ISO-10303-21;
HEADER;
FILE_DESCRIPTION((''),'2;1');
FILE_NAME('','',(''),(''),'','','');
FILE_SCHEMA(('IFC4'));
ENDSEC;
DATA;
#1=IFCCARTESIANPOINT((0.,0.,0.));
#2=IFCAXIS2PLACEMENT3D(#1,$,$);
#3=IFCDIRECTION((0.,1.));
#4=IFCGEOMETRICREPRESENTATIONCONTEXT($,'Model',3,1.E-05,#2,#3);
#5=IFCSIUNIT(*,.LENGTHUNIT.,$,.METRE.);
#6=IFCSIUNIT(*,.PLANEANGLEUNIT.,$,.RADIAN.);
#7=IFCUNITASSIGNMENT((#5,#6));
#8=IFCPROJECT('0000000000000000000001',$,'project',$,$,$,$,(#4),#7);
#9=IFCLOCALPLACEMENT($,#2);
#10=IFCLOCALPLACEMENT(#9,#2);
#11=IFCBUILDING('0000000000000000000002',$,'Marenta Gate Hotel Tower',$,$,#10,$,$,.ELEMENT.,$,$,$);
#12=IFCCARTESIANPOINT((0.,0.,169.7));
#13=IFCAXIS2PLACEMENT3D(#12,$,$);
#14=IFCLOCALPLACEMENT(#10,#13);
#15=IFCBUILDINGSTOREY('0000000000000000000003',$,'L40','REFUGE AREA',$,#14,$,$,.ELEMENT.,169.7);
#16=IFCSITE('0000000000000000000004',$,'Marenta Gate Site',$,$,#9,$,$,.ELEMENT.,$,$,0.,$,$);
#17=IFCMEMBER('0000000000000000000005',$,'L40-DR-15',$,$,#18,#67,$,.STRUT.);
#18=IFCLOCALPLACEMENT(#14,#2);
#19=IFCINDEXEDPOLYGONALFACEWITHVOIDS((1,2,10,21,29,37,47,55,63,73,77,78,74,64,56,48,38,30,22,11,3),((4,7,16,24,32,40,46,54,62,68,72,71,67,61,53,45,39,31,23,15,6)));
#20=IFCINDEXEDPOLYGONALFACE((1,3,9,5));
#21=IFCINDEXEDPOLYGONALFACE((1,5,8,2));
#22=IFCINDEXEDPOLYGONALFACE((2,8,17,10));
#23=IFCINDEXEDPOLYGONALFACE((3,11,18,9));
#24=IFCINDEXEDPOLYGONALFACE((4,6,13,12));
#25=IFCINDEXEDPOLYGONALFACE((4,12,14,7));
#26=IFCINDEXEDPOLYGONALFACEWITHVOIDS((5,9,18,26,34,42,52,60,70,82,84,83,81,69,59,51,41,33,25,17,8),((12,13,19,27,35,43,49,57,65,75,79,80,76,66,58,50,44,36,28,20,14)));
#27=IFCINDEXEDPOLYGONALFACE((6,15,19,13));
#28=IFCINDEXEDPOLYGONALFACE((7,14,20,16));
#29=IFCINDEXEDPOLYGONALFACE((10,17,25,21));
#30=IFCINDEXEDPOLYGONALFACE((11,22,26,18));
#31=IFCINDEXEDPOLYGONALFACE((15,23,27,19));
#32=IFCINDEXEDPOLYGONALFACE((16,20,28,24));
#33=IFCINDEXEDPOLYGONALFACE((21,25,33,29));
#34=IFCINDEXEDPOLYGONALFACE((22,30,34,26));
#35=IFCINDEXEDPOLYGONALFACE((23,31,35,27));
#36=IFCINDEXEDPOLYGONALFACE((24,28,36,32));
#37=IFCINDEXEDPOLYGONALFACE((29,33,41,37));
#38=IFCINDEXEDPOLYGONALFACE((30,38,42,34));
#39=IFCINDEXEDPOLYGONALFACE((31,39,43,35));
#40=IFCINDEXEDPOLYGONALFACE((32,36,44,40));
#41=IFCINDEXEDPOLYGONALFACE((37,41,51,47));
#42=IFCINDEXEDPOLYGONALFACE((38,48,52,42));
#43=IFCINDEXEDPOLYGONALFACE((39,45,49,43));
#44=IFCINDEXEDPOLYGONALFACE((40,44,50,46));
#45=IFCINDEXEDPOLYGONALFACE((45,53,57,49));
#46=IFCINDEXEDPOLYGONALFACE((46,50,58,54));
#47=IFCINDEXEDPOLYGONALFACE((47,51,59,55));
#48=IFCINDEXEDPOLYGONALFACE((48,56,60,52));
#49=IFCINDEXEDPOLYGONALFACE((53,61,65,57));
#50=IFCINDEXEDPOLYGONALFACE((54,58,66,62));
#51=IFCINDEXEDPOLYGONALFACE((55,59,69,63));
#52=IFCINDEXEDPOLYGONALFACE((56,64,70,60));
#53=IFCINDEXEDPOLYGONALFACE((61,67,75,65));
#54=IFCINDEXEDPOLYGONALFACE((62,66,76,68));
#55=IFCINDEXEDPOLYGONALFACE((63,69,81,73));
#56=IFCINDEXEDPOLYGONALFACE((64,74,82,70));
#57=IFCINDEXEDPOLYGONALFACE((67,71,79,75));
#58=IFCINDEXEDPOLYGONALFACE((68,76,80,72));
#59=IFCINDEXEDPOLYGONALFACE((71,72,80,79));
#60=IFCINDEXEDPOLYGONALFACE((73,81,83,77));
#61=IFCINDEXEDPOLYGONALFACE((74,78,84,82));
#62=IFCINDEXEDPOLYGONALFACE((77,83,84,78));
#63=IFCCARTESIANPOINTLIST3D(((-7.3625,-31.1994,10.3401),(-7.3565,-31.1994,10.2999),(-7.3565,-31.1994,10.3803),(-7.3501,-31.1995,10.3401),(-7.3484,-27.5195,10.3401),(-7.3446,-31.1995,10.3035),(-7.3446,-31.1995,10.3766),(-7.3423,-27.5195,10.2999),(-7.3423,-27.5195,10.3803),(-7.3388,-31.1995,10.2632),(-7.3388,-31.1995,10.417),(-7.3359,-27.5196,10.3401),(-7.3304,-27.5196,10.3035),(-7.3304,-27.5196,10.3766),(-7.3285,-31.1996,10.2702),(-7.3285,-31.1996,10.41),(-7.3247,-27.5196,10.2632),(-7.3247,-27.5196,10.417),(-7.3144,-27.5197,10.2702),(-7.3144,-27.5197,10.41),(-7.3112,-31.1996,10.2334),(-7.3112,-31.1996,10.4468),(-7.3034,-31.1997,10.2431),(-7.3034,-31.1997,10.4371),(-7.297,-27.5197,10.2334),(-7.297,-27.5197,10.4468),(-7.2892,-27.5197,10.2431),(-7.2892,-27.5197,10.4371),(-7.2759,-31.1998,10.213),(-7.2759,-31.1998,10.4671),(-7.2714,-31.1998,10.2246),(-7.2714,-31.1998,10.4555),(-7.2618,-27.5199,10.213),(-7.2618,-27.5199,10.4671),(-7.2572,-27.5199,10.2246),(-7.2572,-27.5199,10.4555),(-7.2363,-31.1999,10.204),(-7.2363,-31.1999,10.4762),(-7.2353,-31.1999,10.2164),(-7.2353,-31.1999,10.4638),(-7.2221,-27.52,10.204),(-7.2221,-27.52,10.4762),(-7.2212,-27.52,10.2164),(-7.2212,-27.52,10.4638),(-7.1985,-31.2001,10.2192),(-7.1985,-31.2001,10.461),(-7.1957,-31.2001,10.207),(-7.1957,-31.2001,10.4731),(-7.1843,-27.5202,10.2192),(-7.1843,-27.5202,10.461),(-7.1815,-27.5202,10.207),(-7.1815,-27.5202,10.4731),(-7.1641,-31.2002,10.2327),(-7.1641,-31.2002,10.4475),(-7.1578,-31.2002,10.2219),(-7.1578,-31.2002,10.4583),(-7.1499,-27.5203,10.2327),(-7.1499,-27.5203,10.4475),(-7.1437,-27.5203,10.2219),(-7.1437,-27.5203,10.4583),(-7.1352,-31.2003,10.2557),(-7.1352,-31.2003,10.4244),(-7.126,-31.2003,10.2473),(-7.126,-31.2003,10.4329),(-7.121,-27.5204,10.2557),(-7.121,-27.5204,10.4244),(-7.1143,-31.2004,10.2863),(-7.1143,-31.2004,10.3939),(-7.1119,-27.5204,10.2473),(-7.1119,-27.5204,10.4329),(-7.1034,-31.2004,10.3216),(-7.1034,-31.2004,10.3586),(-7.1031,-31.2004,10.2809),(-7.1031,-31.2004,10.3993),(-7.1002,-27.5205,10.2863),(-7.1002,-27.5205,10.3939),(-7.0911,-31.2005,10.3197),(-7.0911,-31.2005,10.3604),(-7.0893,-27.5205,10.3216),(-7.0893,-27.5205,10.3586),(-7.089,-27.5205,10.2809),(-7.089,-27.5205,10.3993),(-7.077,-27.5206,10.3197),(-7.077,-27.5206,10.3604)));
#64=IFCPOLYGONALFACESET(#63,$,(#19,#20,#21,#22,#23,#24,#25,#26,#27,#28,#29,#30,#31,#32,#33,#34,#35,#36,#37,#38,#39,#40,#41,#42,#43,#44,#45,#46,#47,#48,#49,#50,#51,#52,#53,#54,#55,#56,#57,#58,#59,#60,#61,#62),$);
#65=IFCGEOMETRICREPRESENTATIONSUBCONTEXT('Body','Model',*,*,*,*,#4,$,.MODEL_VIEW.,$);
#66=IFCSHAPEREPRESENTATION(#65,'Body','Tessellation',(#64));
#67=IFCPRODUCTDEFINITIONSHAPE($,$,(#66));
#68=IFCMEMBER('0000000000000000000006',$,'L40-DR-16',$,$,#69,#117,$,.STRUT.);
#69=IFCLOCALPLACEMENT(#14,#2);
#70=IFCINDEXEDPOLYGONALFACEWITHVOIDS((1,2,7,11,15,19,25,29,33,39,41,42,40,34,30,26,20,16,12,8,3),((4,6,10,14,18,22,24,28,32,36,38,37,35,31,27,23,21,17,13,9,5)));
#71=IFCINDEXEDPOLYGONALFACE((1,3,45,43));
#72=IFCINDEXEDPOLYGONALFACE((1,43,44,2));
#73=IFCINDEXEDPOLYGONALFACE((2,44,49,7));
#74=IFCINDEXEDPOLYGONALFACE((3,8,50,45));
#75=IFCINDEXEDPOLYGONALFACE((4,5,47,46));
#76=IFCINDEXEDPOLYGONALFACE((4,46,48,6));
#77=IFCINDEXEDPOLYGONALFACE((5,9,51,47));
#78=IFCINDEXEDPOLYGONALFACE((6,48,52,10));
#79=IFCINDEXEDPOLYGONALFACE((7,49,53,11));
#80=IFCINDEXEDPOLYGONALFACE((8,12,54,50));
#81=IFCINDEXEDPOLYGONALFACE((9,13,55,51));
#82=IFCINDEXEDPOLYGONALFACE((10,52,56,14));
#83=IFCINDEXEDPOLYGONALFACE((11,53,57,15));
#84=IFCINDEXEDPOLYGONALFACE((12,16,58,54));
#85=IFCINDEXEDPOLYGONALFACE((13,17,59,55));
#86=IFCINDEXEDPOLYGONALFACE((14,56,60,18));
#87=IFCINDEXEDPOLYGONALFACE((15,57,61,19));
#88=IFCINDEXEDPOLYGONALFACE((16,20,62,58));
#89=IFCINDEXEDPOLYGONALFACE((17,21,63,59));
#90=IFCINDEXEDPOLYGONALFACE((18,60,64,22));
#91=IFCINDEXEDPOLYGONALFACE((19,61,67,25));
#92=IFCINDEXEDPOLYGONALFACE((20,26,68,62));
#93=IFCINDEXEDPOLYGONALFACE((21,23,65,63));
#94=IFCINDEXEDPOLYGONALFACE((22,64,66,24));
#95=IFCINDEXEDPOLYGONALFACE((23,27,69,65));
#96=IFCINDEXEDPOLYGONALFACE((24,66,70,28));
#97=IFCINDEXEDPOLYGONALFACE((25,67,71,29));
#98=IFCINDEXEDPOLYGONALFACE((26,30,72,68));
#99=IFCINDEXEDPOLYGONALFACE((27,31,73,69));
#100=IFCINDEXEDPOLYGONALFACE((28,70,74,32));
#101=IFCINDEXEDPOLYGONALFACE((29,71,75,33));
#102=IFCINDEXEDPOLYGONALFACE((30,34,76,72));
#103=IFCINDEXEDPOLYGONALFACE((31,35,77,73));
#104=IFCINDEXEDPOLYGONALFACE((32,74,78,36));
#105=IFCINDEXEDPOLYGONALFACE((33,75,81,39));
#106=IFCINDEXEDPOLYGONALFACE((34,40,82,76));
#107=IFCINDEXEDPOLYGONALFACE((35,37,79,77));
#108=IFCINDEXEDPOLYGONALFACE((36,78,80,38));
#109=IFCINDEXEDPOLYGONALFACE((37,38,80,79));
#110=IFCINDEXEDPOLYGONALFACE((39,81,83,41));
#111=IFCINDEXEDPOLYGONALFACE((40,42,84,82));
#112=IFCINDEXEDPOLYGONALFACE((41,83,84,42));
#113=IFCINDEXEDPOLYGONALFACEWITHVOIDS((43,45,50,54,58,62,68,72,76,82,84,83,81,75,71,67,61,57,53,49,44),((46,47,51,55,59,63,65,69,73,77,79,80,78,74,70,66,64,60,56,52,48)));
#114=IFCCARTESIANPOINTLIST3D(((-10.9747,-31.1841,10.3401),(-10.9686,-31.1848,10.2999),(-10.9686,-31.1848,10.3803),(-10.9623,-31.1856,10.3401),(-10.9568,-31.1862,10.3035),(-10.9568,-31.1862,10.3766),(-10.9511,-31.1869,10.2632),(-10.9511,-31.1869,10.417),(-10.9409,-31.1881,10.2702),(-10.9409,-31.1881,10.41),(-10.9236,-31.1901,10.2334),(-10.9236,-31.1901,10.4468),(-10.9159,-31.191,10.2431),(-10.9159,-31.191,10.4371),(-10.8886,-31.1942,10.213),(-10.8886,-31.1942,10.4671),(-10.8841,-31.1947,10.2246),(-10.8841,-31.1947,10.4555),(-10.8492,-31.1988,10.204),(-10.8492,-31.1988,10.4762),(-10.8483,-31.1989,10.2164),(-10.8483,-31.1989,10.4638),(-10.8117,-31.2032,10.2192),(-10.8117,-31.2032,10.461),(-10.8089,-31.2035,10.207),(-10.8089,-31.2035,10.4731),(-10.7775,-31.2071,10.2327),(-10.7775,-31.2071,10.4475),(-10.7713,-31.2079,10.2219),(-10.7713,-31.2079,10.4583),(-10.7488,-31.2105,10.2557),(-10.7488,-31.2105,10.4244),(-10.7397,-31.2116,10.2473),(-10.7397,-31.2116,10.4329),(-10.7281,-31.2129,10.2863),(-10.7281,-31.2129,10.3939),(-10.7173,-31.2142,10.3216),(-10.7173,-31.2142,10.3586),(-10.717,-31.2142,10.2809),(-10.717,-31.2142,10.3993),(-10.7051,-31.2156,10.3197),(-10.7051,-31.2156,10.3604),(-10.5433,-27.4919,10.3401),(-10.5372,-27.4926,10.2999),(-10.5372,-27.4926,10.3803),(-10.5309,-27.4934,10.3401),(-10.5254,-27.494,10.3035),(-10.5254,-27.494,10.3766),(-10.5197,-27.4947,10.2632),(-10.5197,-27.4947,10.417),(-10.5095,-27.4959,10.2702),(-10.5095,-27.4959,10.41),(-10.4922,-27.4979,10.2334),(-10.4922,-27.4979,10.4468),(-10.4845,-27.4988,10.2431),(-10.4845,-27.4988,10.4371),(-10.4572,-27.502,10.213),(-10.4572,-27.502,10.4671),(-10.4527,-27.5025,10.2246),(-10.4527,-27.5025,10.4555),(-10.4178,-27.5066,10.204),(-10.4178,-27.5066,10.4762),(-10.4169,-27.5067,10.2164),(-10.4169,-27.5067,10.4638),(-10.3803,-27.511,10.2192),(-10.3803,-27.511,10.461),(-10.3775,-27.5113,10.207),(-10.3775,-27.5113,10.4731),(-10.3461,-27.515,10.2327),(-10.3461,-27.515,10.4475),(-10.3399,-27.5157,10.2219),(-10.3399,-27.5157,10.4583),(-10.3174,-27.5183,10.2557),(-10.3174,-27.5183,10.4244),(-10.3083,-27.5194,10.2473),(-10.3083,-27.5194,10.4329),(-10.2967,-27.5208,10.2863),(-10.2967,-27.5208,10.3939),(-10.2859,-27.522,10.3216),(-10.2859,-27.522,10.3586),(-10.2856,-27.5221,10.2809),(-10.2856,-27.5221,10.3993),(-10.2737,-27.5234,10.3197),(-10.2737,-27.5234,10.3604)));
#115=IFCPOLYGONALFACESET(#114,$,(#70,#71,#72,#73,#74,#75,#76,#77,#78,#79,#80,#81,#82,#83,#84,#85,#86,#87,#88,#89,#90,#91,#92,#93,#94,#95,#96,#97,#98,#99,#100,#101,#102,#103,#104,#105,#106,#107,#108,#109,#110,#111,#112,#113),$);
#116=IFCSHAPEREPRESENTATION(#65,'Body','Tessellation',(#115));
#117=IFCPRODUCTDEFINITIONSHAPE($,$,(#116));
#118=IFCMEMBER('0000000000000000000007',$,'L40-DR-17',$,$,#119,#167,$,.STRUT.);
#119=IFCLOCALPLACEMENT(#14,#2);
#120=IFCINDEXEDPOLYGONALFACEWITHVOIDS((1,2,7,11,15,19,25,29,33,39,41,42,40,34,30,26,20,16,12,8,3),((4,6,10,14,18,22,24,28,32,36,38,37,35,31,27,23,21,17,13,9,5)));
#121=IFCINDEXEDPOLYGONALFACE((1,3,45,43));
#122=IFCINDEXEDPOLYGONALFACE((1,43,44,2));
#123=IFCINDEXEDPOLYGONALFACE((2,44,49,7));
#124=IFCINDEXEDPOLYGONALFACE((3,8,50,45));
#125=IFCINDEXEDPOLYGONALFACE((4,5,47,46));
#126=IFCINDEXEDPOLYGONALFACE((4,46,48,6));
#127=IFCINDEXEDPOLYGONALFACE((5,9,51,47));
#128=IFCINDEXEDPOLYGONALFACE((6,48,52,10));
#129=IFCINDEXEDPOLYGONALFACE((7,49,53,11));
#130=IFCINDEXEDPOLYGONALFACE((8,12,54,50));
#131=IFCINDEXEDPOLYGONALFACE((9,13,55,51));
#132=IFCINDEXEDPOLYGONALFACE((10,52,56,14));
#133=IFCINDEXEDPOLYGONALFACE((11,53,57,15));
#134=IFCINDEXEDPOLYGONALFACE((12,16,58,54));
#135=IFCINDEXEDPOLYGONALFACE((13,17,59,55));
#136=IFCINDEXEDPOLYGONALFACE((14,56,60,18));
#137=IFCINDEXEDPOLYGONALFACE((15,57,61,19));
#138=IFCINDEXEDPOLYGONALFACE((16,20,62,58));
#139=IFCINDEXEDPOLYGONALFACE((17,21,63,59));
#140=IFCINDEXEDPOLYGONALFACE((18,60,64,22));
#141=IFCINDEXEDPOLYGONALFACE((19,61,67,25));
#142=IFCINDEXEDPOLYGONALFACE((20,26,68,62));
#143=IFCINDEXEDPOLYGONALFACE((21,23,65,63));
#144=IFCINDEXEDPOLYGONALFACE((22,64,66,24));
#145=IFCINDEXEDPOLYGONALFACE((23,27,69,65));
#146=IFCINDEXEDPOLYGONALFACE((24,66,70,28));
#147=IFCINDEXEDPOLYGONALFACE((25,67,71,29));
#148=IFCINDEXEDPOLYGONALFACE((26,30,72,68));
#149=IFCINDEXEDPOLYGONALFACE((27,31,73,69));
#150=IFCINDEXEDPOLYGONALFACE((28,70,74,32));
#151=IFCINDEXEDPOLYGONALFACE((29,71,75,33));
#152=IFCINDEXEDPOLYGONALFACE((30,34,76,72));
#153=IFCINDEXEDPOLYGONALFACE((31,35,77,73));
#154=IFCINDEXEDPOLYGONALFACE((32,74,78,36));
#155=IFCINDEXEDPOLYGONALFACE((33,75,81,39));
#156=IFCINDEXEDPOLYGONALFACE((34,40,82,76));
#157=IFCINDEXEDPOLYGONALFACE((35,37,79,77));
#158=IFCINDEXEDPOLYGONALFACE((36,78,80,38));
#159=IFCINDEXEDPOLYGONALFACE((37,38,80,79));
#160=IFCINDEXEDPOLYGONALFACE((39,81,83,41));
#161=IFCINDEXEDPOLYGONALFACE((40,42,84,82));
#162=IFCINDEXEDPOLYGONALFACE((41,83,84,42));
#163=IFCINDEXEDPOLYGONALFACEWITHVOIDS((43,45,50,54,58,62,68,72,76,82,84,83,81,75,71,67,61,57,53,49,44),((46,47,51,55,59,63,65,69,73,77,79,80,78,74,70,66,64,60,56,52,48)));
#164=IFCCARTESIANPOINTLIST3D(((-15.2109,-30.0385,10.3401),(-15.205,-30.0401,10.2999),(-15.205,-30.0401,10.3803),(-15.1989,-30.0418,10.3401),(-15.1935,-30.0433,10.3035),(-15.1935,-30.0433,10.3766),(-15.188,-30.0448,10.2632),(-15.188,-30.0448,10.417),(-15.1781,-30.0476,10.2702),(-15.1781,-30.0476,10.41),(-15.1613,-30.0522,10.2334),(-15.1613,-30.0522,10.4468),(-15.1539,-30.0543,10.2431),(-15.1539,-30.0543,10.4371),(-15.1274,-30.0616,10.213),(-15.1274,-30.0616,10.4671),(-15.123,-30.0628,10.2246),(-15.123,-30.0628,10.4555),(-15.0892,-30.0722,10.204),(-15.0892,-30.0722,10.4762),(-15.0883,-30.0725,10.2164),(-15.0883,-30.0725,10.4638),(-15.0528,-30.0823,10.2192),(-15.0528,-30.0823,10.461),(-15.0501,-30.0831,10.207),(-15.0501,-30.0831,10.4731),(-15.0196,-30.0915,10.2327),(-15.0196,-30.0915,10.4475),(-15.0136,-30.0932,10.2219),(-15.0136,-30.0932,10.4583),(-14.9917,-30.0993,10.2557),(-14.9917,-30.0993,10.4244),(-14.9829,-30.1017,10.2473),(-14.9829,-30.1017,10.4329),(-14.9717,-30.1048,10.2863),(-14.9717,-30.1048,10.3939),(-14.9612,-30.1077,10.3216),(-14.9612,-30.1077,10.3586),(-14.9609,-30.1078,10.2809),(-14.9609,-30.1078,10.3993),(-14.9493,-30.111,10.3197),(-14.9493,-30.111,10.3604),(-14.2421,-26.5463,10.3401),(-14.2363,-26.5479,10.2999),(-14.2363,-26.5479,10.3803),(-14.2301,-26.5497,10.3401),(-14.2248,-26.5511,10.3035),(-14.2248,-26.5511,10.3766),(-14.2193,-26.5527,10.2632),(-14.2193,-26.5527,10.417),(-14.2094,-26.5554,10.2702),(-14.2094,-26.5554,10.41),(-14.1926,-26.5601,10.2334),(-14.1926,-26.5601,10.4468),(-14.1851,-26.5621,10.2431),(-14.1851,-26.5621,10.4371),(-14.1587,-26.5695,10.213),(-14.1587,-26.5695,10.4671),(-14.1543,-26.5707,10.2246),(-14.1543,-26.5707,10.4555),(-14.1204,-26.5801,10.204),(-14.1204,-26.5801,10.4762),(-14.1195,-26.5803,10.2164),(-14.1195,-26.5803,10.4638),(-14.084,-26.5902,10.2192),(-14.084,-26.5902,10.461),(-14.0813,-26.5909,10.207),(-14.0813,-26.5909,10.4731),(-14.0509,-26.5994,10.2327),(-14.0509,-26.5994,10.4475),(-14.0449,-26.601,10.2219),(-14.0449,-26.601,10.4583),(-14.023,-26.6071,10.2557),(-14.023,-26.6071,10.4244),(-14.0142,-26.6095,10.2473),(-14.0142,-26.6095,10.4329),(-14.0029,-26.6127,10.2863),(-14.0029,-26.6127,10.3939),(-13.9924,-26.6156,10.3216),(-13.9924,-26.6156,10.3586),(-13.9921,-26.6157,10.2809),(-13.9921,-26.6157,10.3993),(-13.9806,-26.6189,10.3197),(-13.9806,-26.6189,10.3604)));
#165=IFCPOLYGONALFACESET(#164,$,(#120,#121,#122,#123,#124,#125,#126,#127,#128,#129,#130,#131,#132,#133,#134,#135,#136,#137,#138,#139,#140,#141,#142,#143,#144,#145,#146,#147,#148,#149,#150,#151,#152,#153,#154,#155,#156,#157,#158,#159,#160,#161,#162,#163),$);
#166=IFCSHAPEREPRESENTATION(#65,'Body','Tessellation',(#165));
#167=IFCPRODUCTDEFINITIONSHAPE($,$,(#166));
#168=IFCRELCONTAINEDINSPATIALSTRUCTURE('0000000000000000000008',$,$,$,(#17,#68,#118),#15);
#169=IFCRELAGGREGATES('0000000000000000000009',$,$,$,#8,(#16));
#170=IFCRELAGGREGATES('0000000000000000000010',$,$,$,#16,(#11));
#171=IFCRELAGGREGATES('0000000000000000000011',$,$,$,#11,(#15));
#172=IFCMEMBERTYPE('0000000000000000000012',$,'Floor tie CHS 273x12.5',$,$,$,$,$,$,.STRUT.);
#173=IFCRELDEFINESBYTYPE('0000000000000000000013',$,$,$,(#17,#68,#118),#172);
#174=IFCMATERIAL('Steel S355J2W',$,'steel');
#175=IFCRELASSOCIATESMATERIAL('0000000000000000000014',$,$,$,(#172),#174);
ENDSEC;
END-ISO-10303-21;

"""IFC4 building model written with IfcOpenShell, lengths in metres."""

from ifc_helpers import new_model, si_unit, direction, frame, origin, origin_2d, place, context, subcontext, project, spatial, hollow_circle, extrude, material, material_profile, profile_set, type_object, element, save


model = new_model("IFC4")

# Units and contexts
model_context = context("Model", 3, precision=1e-05, world=origin(), true_north=direction((0.0, 1.0)))
body_context = subcontext(model_context, "Body", "Model", "MODEL_VIEW")
ifc_project = project(units=[si_unit("LENGTHUNIT", "METRE"), si_unit("PLANEANGLEUNIT", "RADIAN")], contexts=[model_context])

# Site, building, storey
site_placement = place(None, origin())
site = spatial("IfcSite", under=ifc_project, at=site_placement, Name="Marenta Gate Site", CompositionType="ELEMENT", RefElevation=0.0)
building_placement = place(site_placement, origin())
building = spatial("IfcBuilding", under=site, at=building_placement, Name="Marenta Gate Hotel Tower", CompositionType="ELEMENT")
storey_placement = place(building_placement, frame((0.0, 0.0, 169.7)))
storey = spatial("IfcBuildingStorey", under=building, at=storey_placement, Name="L40", Description="REFUGE AREA", CompositionType="ELEMENT", Elevation=169.7)

# Members
ifc_material_1 = material(Name="Steel S355J2W", Category="steel")
ifc_material_profile_1 = material_profile(ifc_material_1, hollow_circle(Radius=0.1365, WallThickness=0.0125, at=origin_2d()), Name="CHS 273x12.5")
ifc_profile_set_1 = profile_set([ifc_material_profile_1], Name="Steel S355J2W")
member_type_1 = type_object("IfcMemberType", Name="Floor tie CHS 273x12.5", PredefinedType="STRUT", material=ifc_profile_set_1)
member_1_placement = place(storey_placement, frame((-7.2261, -31.2, 10.3401), z_axis=(0.003848, 0.999993, 0.0), x_axis=(-0.999993, 0.003848, 0.0)))
element("IfcMember", 1, at=member_1_placement, inside=storey, type_object=member_type_1, Name="L40-DR-15", PredefinedType="STRUT", context=body_context, shape_type="SweptSolid", body=[
    extrude(hollow_circle(Radius=0.1365, WallThickness=0.0125, at=origin_2d()), origin(), (0.0, 0.0, 1.0), 3.6799),
])
member_2_placement = place(storey_placement, frame((-10.8391, -31.2, 10.3401), z_axis=(0.116052, 0.993243, 0.0), x_axis=(-0.993243, 0.116052, 0.0)))
element("IfcMember", 2, at=member_2_placement, inside=storey, type_object=member_type_1, Name="L40-DR-16", PredefinedType="STRUT", context=body_context, shape_type="SweptSolid", body=[
    extrude(hollow_circle(Radius=0.1365, WallThickness=0.0125, at=origin_2d()), origin(), (0.0, 0.0, 1.0), 3.7173),
])
member_3_placement = place(storey_placement, frame((-15.0793, -30.075, 10.3401), z_axis=(0.26731, 0.963611, 0.0), x_axis=(-0.963611, 0.26731, 0.0)))
element("IfcMember", 3, at=member_3_placement, inside=storey, type_object=member_type_1, Name="L40-DR-17", PredefinedType="STRUT", context=body_context, shape_type="SweptSolid", body=[
    extrude(hollow_circle(Radius=0.1365, WallThickness=0.0125, at=origin_2d()), origin(), (0.0, 0.0, 1.0), 3.624),
])

save(model, "model.ifc")
